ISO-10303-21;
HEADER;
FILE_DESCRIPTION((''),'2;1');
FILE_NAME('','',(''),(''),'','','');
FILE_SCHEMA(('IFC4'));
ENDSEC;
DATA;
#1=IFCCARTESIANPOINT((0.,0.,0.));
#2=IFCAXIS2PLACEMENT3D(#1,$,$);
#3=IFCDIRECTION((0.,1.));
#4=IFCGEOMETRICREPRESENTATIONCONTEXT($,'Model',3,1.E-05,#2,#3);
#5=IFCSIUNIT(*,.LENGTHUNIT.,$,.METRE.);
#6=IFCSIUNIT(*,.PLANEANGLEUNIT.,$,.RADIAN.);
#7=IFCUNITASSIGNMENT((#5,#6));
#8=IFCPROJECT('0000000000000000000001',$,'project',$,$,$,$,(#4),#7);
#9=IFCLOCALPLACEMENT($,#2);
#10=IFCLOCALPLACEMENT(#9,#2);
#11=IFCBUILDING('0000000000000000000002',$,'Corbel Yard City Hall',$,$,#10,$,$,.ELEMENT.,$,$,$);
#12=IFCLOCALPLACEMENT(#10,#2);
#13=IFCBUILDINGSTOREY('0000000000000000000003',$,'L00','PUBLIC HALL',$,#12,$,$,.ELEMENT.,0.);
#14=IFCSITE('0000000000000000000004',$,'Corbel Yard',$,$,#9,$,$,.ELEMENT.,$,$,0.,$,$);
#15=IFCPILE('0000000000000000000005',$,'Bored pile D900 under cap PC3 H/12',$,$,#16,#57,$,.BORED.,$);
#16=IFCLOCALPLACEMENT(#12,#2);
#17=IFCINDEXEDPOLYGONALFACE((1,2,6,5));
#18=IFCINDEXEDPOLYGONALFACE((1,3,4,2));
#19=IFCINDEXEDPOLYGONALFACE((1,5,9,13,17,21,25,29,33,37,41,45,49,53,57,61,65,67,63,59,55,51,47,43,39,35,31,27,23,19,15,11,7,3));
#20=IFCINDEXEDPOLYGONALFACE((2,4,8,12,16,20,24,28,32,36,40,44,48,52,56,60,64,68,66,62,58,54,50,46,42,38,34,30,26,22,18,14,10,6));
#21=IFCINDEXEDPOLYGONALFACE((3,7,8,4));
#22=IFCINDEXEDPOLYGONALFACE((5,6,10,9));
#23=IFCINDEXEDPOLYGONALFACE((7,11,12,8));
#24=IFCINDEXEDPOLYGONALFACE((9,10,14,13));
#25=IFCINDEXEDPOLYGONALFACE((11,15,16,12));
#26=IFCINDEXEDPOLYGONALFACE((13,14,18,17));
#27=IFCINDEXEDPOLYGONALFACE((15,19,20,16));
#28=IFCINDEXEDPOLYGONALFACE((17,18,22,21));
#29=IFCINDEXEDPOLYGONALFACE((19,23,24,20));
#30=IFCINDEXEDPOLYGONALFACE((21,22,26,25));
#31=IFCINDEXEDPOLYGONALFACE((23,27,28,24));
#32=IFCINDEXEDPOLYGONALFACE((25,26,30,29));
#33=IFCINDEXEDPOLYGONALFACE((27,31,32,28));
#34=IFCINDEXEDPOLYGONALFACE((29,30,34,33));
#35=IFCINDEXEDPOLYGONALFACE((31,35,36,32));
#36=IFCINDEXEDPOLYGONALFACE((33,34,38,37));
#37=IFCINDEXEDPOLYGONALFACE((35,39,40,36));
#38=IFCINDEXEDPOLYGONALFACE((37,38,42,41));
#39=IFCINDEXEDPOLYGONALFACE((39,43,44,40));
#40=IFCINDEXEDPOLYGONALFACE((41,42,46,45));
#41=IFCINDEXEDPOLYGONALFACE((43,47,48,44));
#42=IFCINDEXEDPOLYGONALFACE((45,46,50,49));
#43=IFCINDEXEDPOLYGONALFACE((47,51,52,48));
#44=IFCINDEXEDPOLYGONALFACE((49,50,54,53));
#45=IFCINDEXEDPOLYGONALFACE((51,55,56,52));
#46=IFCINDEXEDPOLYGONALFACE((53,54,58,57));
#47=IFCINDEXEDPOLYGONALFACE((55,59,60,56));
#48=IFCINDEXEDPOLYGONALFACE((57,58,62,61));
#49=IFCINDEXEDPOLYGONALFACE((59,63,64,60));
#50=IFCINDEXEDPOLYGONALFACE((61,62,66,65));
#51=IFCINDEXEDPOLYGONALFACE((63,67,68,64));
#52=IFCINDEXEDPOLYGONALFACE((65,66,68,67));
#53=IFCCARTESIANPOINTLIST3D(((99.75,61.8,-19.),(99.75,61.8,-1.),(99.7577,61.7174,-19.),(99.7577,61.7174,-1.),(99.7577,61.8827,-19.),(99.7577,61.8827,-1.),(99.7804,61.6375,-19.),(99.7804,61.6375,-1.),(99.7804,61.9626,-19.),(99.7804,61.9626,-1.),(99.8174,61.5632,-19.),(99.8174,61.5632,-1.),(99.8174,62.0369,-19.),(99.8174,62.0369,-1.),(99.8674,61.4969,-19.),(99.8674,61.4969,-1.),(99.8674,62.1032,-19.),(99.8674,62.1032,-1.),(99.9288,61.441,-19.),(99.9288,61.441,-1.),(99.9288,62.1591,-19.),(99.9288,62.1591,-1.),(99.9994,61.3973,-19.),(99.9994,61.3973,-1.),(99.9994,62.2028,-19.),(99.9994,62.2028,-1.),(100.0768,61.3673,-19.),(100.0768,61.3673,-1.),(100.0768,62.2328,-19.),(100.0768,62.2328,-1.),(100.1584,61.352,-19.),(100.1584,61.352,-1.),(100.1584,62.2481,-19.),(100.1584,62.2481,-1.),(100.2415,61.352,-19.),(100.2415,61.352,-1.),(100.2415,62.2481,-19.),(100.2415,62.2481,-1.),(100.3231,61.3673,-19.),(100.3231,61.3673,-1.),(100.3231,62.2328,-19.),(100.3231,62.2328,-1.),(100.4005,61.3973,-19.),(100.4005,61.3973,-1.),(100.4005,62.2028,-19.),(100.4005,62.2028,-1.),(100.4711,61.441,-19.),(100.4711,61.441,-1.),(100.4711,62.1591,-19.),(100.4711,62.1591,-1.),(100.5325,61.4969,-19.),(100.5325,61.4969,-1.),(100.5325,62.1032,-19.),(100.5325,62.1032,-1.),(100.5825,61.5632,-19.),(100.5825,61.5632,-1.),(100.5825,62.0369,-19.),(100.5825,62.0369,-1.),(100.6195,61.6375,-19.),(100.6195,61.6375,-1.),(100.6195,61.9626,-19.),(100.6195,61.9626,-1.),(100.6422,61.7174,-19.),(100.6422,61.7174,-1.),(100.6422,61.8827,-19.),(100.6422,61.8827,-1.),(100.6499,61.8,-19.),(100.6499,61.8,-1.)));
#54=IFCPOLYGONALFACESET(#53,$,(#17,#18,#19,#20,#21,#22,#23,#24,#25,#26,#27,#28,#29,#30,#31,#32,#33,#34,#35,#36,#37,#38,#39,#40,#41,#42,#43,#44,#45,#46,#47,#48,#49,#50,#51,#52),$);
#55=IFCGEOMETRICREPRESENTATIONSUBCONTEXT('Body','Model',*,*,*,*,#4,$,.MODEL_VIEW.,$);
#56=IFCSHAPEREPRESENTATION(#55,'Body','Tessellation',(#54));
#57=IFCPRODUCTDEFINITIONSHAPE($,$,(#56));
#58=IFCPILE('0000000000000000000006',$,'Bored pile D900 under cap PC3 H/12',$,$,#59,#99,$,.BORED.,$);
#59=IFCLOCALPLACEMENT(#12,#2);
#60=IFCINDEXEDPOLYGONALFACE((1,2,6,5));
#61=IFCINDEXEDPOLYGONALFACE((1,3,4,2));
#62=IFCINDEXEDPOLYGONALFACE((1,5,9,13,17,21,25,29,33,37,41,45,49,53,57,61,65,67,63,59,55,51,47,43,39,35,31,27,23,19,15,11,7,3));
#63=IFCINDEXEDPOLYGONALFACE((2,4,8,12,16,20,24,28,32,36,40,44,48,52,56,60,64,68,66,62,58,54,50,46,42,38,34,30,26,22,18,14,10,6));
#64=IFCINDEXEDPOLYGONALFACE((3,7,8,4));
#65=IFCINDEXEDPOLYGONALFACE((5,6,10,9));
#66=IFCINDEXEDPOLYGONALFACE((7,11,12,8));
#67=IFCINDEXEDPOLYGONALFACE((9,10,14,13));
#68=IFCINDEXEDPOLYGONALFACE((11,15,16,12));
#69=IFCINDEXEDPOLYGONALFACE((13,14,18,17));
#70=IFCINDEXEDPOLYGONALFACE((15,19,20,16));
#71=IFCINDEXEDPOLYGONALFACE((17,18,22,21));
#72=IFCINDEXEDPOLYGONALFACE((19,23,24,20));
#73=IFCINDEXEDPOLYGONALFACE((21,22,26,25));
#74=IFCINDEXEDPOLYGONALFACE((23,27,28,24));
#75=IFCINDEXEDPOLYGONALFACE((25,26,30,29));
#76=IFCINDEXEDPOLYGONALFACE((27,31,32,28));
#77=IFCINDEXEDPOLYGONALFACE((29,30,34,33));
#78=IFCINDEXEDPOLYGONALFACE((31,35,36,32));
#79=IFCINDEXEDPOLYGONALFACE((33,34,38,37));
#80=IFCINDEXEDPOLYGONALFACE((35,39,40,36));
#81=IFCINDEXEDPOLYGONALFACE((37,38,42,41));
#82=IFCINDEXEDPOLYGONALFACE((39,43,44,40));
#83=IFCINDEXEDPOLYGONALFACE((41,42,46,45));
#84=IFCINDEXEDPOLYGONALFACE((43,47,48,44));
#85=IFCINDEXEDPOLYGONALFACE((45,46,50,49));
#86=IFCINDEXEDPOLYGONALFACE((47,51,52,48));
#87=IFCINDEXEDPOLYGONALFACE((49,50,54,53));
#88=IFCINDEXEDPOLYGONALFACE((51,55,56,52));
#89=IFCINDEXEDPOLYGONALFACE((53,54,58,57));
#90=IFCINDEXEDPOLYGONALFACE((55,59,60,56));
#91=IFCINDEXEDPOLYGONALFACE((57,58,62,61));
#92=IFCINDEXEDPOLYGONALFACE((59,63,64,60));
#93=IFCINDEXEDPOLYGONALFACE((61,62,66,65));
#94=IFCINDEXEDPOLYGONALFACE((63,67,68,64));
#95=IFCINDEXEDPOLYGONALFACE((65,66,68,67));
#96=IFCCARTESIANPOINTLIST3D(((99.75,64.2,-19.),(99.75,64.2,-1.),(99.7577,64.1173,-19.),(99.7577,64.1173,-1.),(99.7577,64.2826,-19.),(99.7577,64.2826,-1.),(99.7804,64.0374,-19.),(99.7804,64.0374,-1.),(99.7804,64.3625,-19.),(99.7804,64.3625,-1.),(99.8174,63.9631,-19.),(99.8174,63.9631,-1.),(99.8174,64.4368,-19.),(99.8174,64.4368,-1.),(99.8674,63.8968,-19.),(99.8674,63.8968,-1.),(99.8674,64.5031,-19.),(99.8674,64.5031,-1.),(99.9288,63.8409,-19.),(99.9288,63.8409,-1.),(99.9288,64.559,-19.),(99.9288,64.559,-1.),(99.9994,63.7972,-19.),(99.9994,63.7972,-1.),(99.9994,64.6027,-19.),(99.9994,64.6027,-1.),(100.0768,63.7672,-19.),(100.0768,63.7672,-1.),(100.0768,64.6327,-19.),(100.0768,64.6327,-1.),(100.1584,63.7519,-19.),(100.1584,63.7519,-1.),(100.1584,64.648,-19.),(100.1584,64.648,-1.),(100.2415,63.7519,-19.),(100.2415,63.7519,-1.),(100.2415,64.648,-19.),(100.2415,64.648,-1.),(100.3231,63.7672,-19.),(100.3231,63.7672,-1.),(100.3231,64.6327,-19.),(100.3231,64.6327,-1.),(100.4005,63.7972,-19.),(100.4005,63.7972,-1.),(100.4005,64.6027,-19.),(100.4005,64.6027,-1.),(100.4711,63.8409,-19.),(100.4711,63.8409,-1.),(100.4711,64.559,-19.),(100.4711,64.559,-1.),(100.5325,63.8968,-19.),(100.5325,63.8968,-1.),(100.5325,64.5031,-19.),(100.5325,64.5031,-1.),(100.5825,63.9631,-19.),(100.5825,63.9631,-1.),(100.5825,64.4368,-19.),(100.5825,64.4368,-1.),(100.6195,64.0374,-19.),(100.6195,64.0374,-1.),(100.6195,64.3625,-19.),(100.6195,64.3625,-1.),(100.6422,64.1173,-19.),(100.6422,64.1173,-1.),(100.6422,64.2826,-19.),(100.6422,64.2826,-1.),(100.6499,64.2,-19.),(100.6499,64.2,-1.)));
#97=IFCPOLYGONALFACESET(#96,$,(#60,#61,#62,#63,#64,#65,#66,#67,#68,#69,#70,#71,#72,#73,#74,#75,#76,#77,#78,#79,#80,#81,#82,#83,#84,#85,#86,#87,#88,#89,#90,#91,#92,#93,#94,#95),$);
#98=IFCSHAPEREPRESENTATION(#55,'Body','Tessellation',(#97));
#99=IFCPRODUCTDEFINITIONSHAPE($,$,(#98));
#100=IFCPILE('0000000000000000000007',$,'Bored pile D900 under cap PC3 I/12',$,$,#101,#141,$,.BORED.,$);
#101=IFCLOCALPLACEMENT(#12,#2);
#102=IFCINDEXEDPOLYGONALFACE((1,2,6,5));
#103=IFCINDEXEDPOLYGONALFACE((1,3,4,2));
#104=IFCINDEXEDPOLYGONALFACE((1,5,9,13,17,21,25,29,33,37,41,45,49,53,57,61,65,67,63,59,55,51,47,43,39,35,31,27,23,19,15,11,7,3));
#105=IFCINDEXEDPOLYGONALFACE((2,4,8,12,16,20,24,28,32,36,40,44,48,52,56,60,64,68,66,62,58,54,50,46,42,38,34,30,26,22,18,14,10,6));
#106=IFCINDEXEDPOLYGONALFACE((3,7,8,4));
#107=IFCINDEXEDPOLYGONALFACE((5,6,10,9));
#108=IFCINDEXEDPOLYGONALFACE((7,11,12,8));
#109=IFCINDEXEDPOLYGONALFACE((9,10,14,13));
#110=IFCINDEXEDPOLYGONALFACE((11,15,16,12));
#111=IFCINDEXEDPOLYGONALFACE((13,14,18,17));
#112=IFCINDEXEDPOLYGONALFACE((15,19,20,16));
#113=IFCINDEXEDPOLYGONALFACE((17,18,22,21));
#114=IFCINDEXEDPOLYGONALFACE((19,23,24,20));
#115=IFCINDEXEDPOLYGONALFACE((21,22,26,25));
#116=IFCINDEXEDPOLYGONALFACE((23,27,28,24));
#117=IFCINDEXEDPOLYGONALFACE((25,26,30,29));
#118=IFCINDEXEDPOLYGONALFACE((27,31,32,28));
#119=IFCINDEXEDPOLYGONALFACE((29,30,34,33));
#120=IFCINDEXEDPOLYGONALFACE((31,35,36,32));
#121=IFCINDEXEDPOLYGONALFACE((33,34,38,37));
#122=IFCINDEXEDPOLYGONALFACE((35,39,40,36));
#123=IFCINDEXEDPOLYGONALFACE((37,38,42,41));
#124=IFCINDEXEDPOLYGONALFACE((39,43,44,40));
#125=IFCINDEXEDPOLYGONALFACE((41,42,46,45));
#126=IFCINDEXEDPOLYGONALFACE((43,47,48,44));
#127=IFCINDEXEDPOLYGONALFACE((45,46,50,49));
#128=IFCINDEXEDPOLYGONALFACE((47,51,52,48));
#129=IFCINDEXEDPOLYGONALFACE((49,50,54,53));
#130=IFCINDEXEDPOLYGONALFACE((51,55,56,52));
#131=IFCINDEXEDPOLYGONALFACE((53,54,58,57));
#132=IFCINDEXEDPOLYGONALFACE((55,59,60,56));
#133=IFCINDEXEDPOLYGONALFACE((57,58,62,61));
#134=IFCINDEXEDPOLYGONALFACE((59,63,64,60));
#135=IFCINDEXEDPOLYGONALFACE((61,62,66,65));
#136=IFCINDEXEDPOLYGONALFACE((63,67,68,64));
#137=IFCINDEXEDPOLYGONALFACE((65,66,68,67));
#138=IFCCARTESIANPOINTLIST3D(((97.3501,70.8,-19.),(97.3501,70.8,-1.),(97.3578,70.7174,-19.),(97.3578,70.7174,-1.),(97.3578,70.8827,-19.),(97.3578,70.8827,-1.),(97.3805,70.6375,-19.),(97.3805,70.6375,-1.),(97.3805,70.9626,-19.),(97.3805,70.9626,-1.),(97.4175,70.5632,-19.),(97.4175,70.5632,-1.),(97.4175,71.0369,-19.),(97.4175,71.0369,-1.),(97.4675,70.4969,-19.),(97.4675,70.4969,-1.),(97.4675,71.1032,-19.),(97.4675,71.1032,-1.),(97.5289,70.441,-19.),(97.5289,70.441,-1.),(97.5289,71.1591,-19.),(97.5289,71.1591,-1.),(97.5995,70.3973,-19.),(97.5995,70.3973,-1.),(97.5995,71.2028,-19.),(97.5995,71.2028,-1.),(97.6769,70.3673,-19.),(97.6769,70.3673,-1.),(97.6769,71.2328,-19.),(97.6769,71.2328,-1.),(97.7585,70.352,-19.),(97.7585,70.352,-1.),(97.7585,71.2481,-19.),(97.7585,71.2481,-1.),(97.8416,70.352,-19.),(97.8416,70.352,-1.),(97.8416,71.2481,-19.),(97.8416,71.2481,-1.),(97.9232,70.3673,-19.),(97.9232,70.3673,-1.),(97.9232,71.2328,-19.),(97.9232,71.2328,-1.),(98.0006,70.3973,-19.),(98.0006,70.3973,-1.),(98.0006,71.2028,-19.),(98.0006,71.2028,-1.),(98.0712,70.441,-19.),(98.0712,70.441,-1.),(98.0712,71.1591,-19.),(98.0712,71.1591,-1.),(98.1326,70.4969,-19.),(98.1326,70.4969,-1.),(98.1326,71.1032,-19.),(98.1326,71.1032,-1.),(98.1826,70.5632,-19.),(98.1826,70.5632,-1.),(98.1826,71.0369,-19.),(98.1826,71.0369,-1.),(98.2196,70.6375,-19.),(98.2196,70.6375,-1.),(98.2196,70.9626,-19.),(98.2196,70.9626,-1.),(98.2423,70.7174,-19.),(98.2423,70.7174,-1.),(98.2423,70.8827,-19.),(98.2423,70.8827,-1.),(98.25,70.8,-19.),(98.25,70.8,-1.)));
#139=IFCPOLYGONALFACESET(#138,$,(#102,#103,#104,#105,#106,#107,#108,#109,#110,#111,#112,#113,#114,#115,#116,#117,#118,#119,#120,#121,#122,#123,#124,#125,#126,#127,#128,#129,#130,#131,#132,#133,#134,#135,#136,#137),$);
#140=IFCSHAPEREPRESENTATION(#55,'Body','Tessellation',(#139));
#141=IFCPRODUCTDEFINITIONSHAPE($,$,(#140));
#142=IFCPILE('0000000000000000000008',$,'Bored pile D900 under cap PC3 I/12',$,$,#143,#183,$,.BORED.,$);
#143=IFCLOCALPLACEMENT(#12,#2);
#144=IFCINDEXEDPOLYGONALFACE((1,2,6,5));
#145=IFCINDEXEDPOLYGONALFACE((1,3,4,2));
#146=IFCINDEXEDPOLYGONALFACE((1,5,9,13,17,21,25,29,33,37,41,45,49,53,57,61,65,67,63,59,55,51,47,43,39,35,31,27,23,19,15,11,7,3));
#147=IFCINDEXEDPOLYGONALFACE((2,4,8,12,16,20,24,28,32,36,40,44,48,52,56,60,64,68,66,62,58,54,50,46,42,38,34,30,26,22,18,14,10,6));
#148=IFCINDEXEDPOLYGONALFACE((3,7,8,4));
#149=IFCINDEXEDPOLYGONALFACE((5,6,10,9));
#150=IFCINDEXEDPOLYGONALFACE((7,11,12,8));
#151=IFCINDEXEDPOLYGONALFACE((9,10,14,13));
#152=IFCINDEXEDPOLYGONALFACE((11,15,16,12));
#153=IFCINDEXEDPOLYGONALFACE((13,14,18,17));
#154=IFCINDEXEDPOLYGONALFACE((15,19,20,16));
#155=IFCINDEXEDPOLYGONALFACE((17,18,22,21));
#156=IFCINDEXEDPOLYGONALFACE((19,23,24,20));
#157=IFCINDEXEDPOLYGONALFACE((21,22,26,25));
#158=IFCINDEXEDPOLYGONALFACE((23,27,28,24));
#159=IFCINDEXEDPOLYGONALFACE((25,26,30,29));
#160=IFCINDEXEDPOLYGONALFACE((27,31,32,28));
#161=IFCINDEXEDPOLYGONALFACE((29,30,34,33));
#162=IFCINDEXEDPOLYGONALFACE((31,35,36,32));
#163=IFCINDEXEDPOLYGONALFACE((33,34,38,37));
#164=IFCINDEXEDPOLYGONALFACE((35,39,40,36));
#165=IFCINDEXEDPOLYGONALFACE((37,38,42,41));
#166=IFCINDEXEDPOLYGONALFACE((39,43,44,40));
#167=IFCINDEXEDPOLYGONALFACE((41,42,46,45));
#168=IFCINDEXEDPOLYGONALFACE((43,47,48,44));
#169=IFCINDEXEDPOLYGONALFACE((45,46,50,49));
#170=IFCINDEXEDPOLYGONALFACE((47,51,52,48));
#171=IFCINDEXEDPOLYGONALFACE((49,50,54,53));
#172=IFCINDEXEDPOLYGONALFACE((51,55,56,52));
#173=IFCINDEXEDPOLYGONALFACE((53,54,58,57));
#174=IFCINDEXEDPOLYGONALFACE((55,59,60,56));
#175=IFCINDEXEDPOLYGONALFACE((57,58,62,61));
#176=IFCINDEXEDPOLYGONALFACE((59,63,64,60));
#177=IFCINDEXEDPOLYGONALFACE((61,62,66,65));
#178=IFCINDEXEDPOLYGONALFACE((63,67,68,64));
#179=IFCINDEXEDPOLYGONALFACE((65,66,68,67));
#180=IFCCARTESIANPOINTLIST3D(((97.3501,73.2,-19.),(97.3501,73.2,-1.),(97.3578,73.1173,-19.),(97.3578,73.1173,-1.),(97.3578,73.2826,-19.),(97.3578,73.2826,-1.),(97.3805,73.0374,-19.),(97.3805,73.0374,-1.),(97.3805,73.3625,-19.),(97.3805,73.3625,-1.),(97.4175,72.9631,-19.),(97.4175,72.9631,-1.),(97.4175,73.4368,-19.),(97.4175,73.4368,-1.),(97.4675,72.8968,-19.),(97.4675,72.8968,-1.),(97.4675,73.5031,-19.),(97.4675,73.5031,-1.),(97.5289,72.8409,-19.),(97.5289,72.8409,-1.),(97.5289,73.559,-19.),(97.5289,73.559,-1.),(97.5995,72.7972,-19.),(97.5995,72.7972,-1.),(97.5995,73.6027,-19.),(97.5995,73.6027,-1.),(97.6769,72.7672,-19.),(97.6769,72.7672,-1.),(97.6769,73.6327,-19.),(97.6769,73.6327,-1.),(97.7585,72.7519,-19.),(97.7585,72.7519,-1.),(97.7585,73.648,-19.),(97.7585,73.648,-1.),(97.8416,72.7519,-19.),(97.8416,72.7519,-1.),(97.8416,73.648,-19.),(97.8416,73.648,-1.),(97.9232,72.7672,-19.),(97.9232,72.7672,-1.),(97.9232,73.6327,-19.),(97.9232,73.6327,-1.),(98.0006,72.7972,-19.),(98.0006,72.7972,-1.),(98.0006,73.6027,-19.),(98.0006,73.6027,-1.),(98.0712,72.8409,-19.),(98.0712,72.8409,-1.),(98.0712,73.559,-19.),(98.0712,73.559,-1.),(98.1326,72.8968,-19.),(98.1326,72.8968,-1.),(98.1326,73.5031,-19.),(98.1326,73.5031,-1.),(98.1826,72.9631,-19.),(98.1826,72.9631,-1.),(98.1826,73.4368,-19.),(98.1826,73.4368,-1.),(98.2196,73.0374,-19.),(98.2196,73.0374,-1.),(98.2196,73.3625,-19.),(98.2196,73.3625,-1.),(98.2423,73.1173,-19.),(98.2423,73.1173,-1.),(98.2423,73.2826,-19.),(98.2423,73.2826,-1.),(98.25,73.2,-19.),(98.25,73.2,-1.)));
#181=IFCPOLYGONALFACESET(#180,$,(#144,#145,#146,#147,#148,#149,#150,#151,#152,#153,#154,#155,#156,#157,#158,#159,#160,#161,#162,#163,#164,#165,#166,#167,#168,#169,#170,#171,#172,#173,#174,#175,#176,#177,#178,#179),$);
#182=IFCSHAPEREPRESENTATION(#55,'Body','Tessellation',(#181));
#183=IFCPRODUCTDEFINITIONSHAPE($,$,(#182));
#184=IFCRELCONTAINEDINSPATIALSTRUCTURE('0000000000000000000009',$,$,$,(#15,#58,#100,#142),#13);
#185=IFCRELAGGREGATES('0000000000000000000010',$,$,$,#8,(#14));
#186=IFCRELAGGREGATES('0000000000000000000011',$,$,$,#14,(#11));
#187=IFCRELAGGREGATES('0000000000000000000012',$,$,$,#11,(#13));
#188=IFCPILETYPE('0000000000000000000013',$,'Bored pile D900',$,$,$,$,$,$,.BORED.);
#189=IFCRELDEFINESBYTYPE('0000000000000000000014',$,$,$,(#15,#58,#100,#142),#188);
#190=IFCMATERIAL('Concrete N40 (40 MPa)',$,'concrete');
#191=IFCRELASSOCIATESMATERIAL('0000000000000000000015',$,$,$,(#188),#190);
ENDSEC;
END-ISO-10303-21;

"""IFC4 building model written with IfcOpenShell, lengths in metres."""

from ifc_helpers import new_model, si_unit, direction, frame, origin, origin_2d, place, context, subcontext, project, spatial, circle, extrude, material, material_profile, profile_set, type_object, element, save


model = new_model("IFC4")

# Units and contexts
model_context = context("Model", 3, precision=1e-05, world=origin(), true_north=direction((0.0, 1.0)))
body_context = subcontext(model_context, "Body", "Model", "MODEL_VIEW")
ifc_project = project(units=[si_unit("LENGTHUNIT", "METRE"), si_unit("PLANEANGLEUNIT", "RADIAN")], contexts=[model_context])

# Site, building, storey
site_placement = place(None, origin())
site = spatial("IfcSite", under=ifc_project, at=site_placement, Name="Corbel Yard", CompositionType="ELEMENT", RefElevation=0.0)
building_placement = place(site_placement, origin())
building = spatial("IfcBuilding", under=site, at=building_placement, Name="Corbel Yard City Hall", CompositionType="ELEMENT")
storey_placement = place(building_placement, origin())
storey = spatial("IfcBuildingStorey", under=building, at=storey_placement, Name="L00", Description="PUBLIC HALL", CompositionType="ELEMENT", Elevation=0.0)

# Piles
ifc_material_1 = material(Name="Concrete N40 (40 MPa)", Category="concrete")
ifc_material_profile_1 = material_profile(ifc_material_1, circle(Radius=0.45, at=origin_2d()), Name="D900")
ifc_profile_set_1 = profile_set([ifc_material_profile_1], Name="Concrete N40 (40 MPa)")
pile_type = type_object("IfcPileType", Name="Bored pile D900", PredefinedType="BORED", material=ifc_profile_set_1)
for number, where, z_axis, x_axis, name in (
    (1, (100.2, 61.8, -1.0), (0.0, 0.0, -1.0), (1.0, 0.0, 0.0), "Bored pile D900 under cap PC3 H/12"),
    (2, (100.2, 64.2, -1.0), (0.0, 0.0, -1.0), (1.0, 0.0, 0.0), "Bored pile D900 under cap PC3 H/12"),
    (3, (97.8, 70.8, -1.0), (0.0, 0.0, -1.0), (1.0, 0.0, 0.0), "Bored pile D900 under cap PC3 I/12"),
    (4, (97.8, 73.2, -1.0), (0.0, 0.0, -1.0), (1.0, 0.0, 0.0), "Bored pile D900 under cap PC3 I/12"),
):
    element("IfcPile", number, at=place(storey_placement, frame(where, z_axis=z_axis, x_axis=x_axis)), inside=storey, type_object=pile_type, Name=name, PredefinedType="BORED", context=body_context, shape_type="SweptSolid", body=[
        extrude(circle(Radius=0.45, at=origin_2d()), origin(), (0.0, 0.0, 1.0), 18.0),
    ])

save(model, "model.ifc")
